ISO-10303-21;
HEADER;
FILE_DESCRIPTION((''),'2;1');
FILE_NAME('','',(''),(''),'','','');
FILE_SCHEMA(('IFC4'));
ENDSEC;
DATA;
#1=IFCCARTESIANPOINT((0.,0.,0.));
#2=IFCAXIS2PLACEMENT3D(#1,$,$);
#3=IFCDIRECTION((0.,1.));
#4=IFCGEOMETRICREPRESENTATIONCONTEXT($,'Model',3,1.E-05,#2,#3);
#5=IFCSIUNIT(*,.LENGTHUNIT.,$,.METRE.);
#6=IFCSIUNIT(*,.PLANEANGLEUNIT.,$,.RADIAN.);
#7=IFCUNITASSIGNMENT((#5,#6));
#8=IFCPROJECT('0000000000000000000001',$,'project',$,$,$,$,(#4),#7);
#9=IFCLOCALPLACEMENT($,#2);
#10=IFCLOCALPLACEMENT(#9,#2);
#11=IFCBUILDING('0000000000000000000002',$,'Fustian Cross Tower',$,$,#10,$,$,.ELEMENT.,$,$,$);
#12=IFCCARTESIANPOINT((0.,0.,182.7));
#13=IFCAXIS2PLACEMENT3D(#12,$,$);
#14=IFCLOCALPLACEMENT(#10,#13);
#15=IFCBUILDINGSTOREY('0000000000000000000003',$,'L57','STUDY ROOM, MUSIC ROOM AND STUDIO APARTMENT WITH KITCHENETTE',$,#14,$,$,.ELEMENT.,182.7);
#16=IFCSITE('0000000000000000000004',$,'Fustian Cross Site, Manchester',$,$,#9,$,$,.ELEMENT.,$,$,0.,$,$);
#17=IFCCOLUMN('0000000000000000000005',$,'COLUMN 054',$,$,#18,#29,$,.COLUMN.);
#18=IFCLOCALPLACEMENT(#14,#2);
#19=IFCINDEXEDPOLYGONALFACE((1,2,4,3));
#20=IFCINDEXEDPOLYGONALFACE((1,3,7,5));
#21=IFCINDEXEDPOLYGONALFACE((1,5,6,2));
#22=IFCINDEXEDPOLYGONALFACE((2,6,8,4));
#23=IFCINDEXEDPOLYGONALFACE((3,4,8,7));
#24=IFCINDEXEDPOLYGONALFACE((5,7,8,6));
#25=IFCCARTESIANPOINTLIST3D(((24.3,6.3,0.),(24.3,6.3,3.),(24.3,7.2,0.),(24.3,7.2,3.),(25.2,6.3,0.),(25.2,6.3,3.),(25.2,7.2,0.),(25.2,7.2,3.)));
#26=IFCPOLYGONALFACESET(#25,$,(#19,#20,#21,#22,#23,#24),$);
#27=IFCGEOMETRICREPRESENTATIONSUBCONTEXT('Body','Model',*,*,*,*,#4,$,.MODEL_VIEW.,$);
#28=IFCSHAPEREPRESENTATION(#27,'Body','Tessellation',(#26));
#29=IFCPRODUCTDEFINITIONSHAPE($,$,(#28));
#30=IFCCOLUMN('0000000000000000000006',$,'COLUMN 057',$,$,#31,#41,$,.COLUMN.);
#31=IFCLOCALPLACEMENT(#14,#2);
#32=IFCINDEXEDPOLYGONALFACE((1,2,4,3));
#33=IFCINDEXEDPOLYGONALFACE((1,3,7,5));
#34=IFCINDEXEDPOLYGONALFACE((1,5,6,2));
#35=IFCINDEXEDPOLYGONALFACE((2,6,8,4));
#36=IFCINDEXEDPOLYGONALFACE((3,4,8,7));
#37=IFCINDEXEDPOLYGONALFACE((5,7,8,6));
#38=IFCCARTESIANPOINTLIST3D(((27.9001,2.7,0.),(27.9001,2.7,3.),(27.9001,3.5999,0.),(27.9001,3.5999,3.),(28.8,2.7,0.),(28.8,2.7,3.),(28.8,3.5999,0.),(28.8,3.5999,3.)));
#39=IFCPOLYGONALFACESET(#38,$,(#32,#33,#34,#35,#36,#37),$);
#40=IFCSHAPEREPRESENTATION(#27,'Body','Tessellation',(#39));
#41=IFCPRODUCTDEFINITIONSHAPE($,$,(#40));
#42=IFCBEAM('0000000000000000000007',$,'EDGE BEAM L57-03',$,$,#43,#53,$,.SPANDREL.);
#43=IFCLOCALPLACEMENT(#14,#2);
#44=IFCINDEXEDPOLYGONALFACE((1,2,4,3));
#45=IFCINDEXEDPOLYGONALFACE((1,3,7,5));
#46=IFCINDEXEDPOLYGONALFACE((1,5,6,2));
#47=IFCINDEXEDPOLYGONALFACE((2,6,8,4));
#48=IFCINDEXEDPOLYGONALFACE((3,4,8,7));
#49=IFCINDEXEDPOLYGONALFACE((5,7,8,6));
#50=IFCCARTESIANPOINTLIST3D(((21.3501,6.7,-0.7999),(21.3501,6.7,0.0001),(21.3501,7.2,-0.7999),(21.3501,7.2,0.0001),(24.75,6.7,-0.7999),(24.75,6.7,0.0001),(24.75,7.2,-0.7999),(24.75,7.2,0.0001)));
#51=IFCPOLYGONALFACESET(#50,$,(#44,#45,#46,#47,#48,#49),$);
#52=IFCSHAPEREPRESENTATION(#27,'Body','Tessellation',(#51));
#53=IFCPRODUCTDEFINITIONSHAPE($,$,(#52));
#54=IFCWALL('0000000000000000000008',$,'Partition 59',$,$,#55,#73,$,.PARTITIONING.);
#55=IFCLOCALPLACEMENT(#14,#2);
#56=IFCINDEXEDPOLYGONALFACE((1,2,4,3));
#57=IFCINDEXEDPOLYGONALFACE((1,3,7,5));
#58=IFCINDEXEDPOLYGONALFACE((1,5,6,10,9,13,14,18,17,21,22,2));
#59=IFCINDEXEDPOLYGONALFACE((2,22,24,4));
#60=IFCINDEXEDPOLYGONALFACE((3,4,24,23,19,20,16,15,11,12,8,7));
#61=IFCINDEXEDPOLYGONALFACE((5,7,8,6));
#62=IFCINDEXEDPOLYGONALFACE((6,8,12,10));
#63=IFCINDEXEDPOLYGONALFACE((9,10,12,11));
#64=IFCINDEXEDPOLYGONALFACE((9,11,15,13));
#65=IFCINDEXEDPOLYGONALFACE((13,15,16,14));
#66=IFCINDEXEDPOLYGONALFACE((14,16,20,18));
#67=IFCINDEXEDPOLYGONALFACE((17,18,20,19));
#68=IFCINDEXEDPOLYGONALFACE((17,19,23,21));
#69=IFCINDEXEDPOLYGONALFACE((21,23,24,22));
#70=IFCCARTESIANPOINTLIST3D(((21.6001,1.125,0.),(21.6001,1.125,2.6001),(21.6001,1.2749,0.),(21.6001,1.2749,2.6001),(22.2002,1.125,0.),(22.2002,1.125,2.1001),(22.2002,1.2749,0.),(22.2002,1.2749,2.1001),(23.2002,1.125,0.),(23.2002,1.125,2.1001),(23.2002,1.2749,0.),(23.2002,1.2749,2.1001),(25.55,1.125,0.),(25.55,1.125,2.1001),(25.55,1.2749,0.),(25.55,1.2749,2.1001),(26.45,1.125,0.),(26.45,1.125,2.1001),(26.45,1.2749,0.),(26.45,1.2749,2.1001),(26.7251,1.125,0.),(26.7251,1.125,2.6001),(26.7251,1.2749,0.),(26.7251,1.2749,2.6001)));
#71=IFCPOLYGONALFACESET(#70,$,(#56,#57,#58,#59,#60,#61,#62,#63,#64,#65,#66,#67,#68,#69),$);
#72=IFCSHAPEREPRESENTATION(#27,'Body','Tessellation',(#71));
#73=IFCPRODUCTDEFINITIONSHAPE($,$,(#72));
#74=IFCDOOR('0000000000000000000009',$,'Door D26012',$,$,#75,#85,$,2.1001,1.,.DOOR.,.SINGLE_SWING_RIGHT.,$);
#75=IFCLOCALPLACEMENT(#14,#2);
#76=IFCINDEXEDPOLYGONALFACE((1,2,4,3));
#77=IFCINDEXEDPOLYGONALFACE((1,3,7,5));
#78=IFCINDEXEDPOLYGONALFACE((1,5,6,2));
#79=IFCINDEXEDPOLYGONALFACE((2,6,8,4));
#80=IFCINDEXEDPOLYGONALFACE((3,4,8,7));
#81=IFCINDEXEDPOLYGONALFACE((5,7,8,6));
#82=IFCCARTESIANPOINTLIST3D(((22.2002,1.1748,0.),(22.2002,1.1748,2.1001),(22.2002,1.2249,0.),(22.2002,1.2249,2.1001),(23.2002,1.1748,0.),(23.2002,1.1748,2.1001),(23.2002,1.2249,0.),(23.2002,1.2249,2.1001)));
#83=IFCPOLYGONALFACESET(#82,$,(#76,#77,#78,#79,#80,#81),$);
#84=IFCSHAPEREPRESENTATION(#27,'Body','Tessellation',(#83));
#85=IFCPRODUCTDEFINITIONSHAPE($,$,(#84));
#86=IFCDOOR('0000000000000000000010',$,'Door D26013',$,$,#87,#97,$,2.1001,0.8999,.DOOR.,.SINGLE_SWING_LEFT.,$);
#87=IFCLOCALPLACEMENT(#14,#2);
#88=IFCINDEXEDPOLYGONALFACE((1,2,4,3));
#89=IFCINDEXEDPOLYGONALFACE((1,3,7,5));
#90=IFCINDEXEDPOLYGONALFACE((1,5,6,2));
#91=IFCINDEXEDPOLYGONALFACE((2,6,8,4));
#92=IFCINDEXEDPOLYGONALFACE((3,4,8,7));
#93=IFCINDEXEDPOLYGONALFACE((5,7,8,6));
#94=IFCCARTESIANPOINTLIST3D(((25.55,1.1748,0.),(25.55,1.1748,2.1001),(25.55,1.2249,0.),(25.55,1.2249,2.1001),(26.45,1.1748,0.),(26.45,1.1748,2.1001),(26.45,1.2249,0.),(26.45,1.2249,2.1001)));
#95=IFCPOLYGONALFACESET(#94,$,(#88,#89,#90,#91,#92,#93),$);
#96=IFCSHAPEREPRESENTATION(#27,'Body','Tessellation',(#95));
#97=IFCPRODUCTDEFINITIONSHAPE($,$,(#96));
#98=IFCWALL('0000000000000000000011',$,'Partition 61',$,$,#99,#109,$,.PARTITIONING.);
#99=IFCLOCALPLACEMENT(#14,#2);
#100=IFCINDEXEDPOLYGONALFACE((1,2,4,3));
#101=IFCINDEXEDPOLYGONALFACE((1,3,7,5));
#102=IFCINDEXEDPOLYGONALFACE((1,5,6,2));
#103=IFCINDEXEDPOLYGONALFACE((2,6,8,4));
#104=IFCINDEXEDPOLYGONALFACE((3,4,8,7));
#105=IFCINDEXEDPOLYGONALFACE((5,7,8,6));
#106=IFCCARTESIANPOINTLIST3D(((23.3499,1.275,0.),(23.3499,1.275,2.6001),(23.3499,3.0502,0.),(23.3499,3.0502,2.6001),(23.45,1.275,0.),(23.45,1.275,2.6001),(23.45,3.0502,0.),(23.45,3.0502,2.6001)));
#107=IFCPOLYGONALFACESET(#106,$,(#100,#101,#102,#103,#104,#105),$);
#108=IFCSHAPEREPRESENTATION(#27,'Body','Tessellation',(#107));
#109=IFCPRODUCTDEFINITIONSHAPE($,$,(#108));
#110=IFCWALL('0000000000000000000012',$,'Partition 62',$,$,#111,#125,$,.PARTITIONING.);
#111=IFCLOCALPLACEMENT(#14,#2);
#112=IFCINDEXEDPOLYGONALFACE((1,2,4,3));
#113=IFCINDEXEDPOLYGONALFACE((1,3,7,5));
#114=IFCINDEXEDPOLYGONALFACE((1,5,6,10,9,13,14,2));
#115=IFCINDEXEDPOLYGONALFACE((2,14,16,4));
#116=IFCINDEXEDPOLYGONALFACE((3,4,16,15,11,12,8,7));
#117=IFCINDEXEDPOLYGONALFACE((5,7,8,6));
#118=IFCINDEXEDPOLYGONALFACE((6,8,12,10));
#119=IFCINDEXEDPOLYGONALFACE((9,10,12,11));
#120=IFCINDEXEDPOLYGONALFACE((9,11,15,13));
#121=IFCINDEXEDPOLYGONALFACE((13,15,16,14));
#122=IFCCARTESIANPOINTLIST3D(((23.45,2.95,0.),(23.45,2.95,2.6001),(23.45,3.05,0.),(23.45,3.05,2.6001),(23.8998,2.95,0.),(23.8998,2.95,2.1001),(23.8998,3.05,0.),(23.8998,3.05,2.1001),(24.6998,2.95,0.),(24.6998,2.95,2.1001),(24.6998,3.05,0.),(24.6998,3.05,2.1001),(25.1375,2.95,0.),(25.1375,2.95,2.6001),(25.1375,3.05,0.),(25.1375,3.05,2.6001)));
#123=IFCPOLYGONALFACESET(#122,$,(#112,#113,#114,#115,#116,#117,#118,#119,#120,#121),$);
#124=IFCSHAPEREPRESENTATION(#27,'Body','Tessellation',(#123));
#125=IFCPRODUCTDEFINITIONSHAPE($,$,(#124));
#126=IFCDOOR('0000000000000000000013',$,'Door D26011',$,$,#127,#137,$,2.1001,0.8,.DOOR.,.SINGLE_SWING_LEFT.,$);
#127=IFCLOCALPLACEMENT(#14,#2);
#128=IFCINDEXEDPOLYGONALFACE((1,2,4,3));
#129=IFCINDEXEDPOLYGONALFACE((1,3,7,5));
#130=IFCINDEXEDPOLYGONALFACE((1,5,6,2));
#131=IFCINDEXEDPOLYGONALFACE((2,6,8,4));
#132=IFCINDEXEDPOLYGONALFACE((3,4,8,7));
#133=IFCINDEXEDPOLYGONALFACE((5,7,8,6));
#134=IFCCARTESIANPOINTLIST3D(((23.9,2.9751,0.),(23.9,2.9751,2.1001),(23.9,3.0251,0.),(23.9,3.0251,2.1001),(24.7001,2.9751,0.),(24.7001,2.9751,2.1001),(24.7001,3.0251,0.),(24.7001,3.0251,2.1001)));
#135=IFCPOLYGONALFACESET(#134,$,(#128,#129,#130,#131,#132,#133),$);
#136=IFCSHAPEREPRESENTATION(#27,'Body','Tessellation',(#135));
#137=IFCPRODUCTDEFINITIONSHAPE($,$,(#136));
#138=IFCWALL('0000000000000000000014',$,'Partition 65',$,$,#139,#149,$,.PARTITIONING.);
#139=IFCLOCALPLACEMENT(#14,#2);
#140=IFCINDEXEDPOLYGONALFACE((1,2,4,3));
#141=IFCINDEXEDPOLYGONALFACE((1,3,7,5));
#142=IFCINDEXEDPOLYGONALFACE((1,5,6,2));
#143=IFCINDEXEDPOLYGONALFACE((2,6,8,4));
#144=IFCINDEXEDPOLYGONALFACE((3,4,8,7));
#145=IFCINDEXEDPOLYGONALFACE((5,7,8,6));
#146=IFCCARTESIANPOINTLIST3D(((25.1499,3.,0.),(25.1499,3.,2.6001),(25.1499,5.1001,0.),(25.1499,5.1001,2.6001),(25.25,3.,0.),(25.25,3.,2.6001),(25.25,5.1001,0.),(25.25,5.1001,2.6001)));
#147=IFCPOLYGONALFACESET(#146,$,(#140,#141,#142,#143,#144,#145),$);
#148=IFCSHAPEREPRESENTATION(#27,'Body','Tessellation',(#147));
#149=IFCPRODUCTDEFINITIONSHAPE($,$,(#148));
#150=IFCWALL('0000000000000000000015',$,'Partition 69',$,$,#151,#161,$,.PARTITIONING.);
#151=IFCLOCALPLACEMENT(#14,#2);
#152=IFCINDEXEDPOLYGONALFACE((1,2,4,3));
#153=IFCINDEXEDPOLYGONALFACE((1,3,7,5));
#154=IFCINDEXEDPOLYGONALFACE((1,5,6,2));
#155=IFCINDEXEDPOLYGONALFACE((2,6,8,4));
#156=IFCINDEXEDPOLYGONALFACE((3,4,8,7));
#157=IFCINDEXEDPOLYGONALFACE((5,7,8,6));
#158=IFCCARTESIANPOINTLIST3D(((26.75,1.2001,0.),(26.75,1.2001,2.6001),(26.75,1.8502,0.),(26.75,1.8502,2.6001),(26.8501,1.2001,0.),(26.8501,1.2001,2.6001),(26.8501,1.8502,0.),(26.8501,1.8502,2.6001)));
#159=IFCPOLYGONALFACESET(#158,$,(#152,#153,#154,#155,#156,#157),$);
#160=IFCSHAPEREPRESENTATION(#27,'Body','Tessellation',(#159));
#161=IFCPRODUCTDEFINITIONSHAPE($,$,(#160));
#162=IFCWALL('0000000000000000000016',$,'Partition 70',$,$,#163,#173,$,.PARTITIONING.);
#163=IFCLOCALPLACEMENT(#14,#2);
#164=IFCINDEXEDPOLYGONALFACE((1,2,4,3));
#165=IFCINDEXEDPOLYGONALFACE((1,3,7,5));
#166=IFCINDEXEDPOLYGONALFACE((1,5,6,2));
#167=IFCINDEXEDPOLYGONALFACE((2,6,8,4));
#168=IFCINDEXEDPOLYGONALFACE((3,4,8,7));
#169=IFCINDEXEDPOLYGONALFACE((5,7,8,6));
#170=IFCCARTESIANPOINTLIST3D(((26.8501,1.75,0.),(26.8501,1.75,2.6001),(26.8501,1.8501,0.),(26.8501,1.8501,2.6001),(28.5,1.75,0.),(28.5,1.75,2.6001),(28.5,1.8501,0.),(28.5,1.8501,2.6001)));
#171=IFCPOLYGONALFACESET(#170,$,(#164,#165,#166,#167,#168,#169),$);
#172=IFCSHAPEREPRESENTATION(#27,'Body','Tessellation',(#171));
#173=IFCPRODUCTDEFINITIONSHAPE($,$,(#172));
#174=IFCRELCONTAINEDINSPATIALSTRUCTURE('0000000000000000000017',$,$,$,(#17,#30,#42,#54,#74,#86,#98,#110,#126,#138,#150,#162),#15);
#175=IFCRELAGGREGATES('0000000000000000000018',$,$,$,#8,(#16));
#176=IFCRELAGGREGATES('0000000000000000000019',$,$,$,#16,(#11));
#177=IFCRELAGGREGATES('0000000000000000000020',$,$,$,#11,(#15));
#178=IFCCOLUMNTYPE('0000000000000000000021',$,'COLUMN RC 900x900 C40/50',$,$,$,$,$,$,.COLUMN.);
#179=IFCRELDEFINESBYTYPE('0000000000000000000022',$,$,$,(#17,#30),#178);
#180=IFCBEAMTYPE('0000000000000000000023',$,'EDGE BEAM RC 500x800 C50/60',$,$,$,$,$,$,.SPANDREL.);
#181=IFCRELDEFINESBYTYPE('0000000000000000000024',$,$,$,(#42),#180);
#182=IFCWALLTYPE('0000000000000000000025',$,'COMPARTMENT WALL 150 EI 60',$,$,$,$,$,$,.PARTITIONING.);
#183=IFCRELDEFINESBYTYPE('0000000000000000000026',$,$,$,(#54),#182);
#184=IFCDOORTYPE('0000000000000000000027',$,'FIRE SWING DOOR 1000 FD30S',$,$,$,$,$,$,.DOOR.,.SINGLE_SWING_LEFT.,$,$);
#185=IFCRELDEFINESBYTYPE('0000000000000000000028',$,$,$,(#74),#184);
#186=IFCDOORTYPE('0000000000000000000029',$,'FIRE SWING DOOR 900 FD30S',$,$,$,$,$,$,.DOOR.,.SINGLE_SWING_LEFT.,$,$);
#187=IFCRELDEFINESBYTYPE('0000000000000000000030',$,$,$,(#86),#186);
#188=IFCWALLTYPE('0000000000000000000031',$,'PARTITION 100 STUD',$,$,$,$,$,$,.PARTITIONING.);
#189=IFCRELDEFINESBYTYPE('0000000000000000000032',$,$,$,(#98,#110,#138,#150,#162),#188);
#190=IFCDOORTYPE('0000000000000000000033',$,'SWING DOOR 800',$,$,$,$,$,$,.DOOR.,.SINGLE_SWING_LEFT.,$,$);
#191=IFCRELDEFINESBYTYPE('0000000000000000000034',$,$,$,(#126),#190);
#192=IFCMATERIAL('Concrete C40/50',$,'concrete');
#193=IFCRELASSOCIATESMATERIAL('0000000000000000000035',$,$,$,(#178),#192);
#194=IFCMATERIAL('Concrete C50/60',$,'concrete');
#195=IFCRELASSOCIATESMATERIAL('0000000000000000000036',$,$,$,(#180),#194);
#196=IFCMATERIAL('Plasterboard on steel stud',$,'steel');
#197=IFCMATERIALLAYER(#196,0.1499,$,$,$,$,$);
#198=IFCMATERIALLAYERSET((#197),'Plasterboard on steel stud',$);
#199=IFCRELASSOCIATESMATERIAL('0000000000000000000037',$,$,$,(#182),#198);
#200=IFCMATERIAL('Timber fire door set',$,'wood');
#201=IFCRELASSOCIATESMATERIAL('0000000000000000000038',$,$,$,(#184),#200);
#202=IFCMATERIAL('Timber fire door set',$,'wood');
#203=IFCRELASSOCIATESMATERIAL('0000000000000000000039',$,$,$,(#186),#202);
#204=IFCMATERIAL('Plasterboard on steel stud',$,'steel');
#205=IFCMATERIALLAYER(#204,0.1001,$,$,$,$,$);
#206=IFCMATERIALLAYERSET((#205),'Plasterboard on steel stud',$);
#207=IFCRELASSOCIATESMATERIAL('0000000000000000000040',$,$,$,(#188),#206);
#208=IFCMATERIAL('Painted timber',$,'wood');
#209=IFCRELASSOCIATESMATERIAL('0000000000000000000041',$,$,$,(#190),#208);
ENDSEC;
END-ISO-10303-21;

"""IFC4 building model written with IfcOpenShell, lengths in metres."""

from ifc_helpers import new_model, si_unit, direction, frame, frame_2d, origin, origin_2d, place, context, subcontext, project, spatial, rectangle, extrude, material, layer, layer_set, material_profile, profile_set, type_object, element, fill, save


model = new_model("IFC4")

# Units and contexts
model_context = context("Model", 3, precision=1e-05, world=origin(), true_north=direction((0.0, 1.0)))
body_context = subcontext(model_context, "Body", "Model", "MODEL_VIEW")
ifc_project = project(units=[si_unit("LENGTHUNIT", "METRE"), si_unit("PLANEANGLEUNIT", "RADIAN")], contexts=[model_context])

# Site, building, storey
site_placement = place(None, origin())
site = spatial("IfcSite", under=ifc_project, at=site_placement, Name="Fustian Cross Site, Manchester", CompositionType="ELEMENT", RefElevation=0.0)
building_placement = place(site_placement, origin())
building = spatial("IfcBuilding", under=site, at=building_placement, Name="Fustian Cross Tower", CompositionType="ELEMENT")
storey_placement = place(building_placement, frame((0.0, 0.0, 182.7)))
storey = spatial("IfcBuildingStorey", under=building, at=storey_placement, Name="L57", Description="STUDY ROOM, MUSIC ROOM AND STUDIO APARTMENT WITH KITCHENETTE", CompositionType="ELEMENT", Elevation=182.7)

# Columns
ifc_material_1 = material(Name="Concrete C40/50", Category="concrete")
ifc_material_profile_1 = material_profile(ifc_material_1, rectangle(XDim=0.8999, YDim=0.8999, at=origin_2d()), Name="RC 900x900")
ifc_profile_set_1 = profile_set([ifc_material_profile_1], Name="Concrete C40/50")
column_type = type_object("IfcColumnType", Name="COLUMN RC 900x900 C40/50", PredefinedType="COLUMN", material=ifc_profile_set_1)
for number, where, z_axis, x_axis, name in (
    (1, (24.75, 6.75, 0.0), (0.0, 0.0, 1.0), (1.0, 0.0, 0.0), "COLUMN 054"),
    (2, (28.3501, 3.1499, 0.0), (0.0, 0.0, 1.0), (1.0, 0.0, 0.0), "COLUMN 057"),
):
    element("IfcColumn", number, at=place(storey_placement, frame(where, z_axis=z_axis, x_axis=x_axis)), inside=storey, type_object=column_type, Name=name, PredefinedType="COLUMN", context=body_context, shape_type="SweptSolid", body=[
        extrude(rectangle(XDim=0.8999, YDim=0.8999, at=origin_2d()), origin(), (0.0, 0.0, 1.0), 3.0),
    ])

# Beam
ifc_material_2 = material(Name="Concrete C50/60", Category="concrete")
ifc_material_profile_2 = material_profile(ifc_material_2, rectangle(XDim=0.5, YDim=0.8, at=origin_2d()), Name="RC 500x800")
ifc_profile_set_2 = profile_set([ifc_material_profile_2], Name="Concrete C50/60")
beam_type = type_object("IfcBeamType", Name="EDGE BEAM RC 500x800 C50/60", PredefinedType="SPANDREL", material=ifc_profile_set_2)
beam_placement = place(storey_placement, frame((24.75, 6.95, -0.3999), z_axis=(-1.0, 0.0, 0.0), x_axis=(0.0, -1.0, 0.0)))
element("IfcBeam", 3, at=beam_placement, inside=storey, type_object=beam_type, Name="EDGE BEAM L57-03", PredefinedType="SPANDREL", context=body_context, shape_type="SweptSolid", body=[
    extrude(rectangle(XDim=0.5, YDim=0.8, at=origin_2d()), origin(), (0.0, 0.0, 1.0), 3.3999),
])

# Wall, openings, doors
ifc_material_3 = material(Name="Plasterboard on steel stud", Category="steel")
ifc_layer_1 = layer(ifc_material_3, 0.1499)
ifc_layer_set_1 = layer_set([ifc_layer_1], Name="Plasterboard on steel stud")
wall_type_1 = type_object("IfcWallType", Name="COMPARTMENT WALL 150 EI 60", PredefinedType="PARTITIONING", material=ifc_layer_set_1)
wall_1_placement = place(storey_placement, frame((21.6001, 1.2, 0.0), z_axis=(0.0, 0.0, 1.0), x_axis=(1.0, 0.0, 0.0)))
wall_1 = element("IfcWall", 4, at=wall_1_placement, inside=storey, type_object=wall_type_1, Name="Partition 59", PredefinedType="PARTITIONING", context=body_context, shape_type="SweptSolid", body=[
    extrude(rectangle(XDim=5.125, YDim=0.1499, at=frame_2d((2.5625, 0.0))), origin(), (0.0, 0.0, 1.0), 2.6001),
])
opening_1_placement = place(wall_1_placement, frame((0.6001, 0.0, 0.0)))
opening_1 = element("IfcOpeningElement", 5, at=opening_1_placement, cuts=wall_1, PredefinedType="OPENING", context=body_context, shape_type="SweptSolid", body=[
    extrude(rectangle(XDim=1.0, YDim=2.1001, at=frame_2d((0.5, 1.05))), frame((0.0, 0.085, 0.0), z_axis=(0.0, -1.0, 0.0), x_axis=(1.0, 0.0, 0.0)), (0.0, 0.0, 1.0), 0.1699),
])
opening_2_placement = place(wall_1_placement, frame((3.95, 0.0, 0.0)))
opening_2 = element("IfcOpeningElement", 6, at=opening_2_placement, cuts=wall_1, PredefinedType="OPENING", context=body_context, shape_type="SweptSolid", body=[
    extrude(rectangle(XDim=0.8999, YDim=2.1001, at=frame_2d((0.45, 1.05))), frame((0.0, 0.085, 0.0), z_axis=(0.0, -1.0, 0.0), x_axis=(1.0, 0.0, 0.0)), (0.0, 0.0, 1.0), 0.1699),
])
ifc_material_4 = material(Name="Timber fire door set", Category="wood")
door_type_1 = type_object("IfcDoorType", Name="FIRE SWING DOOR 1000 FD30S", OperationType="SINGLE_SWING_LEFT", PredefinedType="DOOR", material=ifc_material_4)
door_1_placement = place(opening_1_placement, origin())
door_1 = element("IfcDoor", 7, at=door_1_placement, inside=storey, type_object=door_type_1, Name="Door D26012", OperationType="SINGLE_SWING_RIGHT", OverallHeight=2.1001, OverallWidth=1.0, PredefinedType="DOOR", context=body_context, shape_type="SweptSolid", body=[
    extrude(rectangle(XDim=1.0, YDim=2.1001, at=frame_2d((0.5, 1.05))), frame((0.0, 0.0249, 0.0), z_axis=(0.0, -1.0, 0.0), x_axis=(1.0, 0.0, 0.0)), (0.0, 0.0, 1.0), 0.05),
])
fill(opening_1, door_1)
ifc_material_5 = material(Name="Timber fire door set", Category="wood")
door_type_2 = type_object("IfcDoorType", Name="FIRE SWING DOOR 900 FD30S", OperationType="SINGLE_SWING_LEFT", PredefinedType="DOOR", material=ifc_material_5)
door_2_placement = place(opening_2_placement, origin())
door_2 = element("IfcDoor", 8, at=door_2_placement, inside=storey, type_object=door_type_2, Name="Door D26013", OperationType="SINGLE_SWING_LEFT", OverallHeight=2.1001, OverallWidth=0.8999, PredefinedType="DOOR", context=body_context, shape_type="SweptSolid", body=[
    extrude(rectangle(XDim=0.8999, YDim=2.1001, at=frame_2d((0.45, 1.05))), frame((0.0, 0.0249, 0.0), z_axis=(0.0, -1.0, 0.0), x_axis=(1.0, 0.0, 0.0)), (0.0, 0.0, 1.0), 0.05),
])
fill(opening_2, door_2)

# Wall
ifc_material_6 = material(Name="Plasterboard on steel stud", Category="steel")
ifc_layer_2 = layer(ifc_material_6, 0.1001)
ifc_layer_set_2 = layer_set([ifc_layer_2], Name="Plasterboard on steel stud")
wall_type_2 = type_object("IfcWallType", Name="PARTITION 100 STUD", PredefinedType="PARTITIONING", material=ifc_layer_set_2)
wall_2_placement = place(storey_placement, frame((23.3999, 1.2749, 0.0), z_axis=(0.0, 0.0, 1.0), x_axis=(0.0, 1.0, 0.0)))
element("IfcWall", 9, at=wall_2_placement, inside=storey, type_object=wall_type_2, Name="Partition 61", PredefinedType="PARTITIONING", context=body_context, shape_type="SweptSolid", body=[
    extrude(rectangle(XDim=1.7751, YDim=0.1001, at=frame_2d((0.8877, 0.0))), origin(), (0.0, 0.0, 1.0), 2.6001),
])

# Wall, opening, door
wall_3_placement = place(storey_placement, frame((23.45, 3.0, 0.0), z_axis=(0.0, 0.0, 1.0), x_axis=(1.0, 0.0, 0.0)))
wall_3 = element("IfcWall", 10, at=wall_3_placement, inside=storey, type_object=wall_type_2, Name="Partition 62", PredefinedType="PARTITIONING", context=body_context, shape_type="SweptSolid", body=[
    extrude(rectangle(XDim=1.6875, YDim=0.1001, at=frame_2d((0.8438, 0.0))), origin(), (0.0, 0.0, 1.0), 2.6001),
])
opening_3_placement = place(wall_3_placement, frame((0.45, 0.0, 0.0)))
opening_3 = element("IfcOpeningElement", 11, at=opening_3_placement, cuts=wall_3, PredefinedType="OPENING", context=body_context, shape_type="SweptSolid", body=[
    extrude(rectangle(XDim=0.8, YDim=2.1001, at=frame_2d((0.3999, 1.05))), frame((0.0, 0.0601, 0.0), z_axis=(0.0, -1.0, 0.0), x_axis=(1.0, 0.0, 0.0)), (0.0, 0.0, 1.0), 0.1201),
])
ifc_material_7 = material(Name="Painted timber", Category="wood")
door_type_3 = type_object("IfcDoorType", Name="SWING DOOR 800", OperationType="SINGLE_SWING_LEFT", PredefinedType="DOOR", material=ifc_material_7)
door_3_placement = place(opening_3_placement, frame((0.8, 0.0, 0.0), z_axis=(0.0, 0.0, 1.0), x_axis=(-1.0, 0.0, 0.0)))
door_3 = element("IfcDoor", 12, at=door_3_placement, inside=storey, type_object=door_type_3, Name="Door D26011", OperationType="SINGLE_SWING_LEFT", OverallHeight=2.1001, OverallWidth=0.8, PredefinedType="DOOR", context=body_context, shape_type="SweptSolid", body=[
    extrude(rectangle(XDim=0.8, YDim=2.1001, at=frame_2d((0.3999, 1.05))), frame((0.0, 0.0249, 0.0), z_axis=(0.0, -1.0, 0.0), x_axis=(1.0, 0.0, 0.0)), (0.0, 0.0, 1.0), 0.05),
])
fill(opening_3, door_3)

# Walls
wall_4_placement = place(storey_placement, frame((25.2, 3.0, 0.0), z_axis=(0.0, 0.0, 1.0), x_axis=(0.0, 1.0, 0.0)))
element("IfcWall", 13, at=wall_4_placement, inside=storey, type_object=wall_type_2, Name="Partition 65", PredefinedType="PARTITIONING", context=body_context, shape_type="SweptSolid", body=[
    extrude(rectangle(XDim=2.1001, YDim=0.1001, at=frame_2d((1.05, 0.0))), origin(), (0.0, 0.0, 1.0), 2.6001),
])
wall_5_placement = place(storey_placement, frame((26.8, 1.2, 0.0), z_axis=(0.0, 0.0, 1.0), x_axis=(0.0, 1.0, 0.0)))
element("IfcWall", 14, at=wall_5_placement, inside=storey, type_object=wall_type_2, Name="Partition 69", PredefinedType="PARTITIONING", context=body_context, shape_type="SweptSolid", body=[
    extrude(rectangle(XDim=0.6501, YDim=0.1001, at=frame_2d((0.3252, 0.0))), origin(), (0.0, 0.0, 1.0), 2.6001),
])
wall_6_placement = place(storey_placement, frame((26.8501, 1.8, 0.0), z_axis=(0.0, 0.0, 1.0), x_axis=(1.0, 0.0, 0.0)))
element("IfcWall", 15, at=wall_6_placement, inside=storey, type_object=wall_type_2, Name="Partition 70", PredefinedType="PARTITIONING", context=body_context, shape_type="SweptSolid", body=[
    extrude(rectangle(XDim=1.6499, YDim=0.1001, at=frame_2d((0.825, 0.0))), origin(), (0.0, 0.0, 1.0), 2.6001),
])

save(model, "model.ifc")
